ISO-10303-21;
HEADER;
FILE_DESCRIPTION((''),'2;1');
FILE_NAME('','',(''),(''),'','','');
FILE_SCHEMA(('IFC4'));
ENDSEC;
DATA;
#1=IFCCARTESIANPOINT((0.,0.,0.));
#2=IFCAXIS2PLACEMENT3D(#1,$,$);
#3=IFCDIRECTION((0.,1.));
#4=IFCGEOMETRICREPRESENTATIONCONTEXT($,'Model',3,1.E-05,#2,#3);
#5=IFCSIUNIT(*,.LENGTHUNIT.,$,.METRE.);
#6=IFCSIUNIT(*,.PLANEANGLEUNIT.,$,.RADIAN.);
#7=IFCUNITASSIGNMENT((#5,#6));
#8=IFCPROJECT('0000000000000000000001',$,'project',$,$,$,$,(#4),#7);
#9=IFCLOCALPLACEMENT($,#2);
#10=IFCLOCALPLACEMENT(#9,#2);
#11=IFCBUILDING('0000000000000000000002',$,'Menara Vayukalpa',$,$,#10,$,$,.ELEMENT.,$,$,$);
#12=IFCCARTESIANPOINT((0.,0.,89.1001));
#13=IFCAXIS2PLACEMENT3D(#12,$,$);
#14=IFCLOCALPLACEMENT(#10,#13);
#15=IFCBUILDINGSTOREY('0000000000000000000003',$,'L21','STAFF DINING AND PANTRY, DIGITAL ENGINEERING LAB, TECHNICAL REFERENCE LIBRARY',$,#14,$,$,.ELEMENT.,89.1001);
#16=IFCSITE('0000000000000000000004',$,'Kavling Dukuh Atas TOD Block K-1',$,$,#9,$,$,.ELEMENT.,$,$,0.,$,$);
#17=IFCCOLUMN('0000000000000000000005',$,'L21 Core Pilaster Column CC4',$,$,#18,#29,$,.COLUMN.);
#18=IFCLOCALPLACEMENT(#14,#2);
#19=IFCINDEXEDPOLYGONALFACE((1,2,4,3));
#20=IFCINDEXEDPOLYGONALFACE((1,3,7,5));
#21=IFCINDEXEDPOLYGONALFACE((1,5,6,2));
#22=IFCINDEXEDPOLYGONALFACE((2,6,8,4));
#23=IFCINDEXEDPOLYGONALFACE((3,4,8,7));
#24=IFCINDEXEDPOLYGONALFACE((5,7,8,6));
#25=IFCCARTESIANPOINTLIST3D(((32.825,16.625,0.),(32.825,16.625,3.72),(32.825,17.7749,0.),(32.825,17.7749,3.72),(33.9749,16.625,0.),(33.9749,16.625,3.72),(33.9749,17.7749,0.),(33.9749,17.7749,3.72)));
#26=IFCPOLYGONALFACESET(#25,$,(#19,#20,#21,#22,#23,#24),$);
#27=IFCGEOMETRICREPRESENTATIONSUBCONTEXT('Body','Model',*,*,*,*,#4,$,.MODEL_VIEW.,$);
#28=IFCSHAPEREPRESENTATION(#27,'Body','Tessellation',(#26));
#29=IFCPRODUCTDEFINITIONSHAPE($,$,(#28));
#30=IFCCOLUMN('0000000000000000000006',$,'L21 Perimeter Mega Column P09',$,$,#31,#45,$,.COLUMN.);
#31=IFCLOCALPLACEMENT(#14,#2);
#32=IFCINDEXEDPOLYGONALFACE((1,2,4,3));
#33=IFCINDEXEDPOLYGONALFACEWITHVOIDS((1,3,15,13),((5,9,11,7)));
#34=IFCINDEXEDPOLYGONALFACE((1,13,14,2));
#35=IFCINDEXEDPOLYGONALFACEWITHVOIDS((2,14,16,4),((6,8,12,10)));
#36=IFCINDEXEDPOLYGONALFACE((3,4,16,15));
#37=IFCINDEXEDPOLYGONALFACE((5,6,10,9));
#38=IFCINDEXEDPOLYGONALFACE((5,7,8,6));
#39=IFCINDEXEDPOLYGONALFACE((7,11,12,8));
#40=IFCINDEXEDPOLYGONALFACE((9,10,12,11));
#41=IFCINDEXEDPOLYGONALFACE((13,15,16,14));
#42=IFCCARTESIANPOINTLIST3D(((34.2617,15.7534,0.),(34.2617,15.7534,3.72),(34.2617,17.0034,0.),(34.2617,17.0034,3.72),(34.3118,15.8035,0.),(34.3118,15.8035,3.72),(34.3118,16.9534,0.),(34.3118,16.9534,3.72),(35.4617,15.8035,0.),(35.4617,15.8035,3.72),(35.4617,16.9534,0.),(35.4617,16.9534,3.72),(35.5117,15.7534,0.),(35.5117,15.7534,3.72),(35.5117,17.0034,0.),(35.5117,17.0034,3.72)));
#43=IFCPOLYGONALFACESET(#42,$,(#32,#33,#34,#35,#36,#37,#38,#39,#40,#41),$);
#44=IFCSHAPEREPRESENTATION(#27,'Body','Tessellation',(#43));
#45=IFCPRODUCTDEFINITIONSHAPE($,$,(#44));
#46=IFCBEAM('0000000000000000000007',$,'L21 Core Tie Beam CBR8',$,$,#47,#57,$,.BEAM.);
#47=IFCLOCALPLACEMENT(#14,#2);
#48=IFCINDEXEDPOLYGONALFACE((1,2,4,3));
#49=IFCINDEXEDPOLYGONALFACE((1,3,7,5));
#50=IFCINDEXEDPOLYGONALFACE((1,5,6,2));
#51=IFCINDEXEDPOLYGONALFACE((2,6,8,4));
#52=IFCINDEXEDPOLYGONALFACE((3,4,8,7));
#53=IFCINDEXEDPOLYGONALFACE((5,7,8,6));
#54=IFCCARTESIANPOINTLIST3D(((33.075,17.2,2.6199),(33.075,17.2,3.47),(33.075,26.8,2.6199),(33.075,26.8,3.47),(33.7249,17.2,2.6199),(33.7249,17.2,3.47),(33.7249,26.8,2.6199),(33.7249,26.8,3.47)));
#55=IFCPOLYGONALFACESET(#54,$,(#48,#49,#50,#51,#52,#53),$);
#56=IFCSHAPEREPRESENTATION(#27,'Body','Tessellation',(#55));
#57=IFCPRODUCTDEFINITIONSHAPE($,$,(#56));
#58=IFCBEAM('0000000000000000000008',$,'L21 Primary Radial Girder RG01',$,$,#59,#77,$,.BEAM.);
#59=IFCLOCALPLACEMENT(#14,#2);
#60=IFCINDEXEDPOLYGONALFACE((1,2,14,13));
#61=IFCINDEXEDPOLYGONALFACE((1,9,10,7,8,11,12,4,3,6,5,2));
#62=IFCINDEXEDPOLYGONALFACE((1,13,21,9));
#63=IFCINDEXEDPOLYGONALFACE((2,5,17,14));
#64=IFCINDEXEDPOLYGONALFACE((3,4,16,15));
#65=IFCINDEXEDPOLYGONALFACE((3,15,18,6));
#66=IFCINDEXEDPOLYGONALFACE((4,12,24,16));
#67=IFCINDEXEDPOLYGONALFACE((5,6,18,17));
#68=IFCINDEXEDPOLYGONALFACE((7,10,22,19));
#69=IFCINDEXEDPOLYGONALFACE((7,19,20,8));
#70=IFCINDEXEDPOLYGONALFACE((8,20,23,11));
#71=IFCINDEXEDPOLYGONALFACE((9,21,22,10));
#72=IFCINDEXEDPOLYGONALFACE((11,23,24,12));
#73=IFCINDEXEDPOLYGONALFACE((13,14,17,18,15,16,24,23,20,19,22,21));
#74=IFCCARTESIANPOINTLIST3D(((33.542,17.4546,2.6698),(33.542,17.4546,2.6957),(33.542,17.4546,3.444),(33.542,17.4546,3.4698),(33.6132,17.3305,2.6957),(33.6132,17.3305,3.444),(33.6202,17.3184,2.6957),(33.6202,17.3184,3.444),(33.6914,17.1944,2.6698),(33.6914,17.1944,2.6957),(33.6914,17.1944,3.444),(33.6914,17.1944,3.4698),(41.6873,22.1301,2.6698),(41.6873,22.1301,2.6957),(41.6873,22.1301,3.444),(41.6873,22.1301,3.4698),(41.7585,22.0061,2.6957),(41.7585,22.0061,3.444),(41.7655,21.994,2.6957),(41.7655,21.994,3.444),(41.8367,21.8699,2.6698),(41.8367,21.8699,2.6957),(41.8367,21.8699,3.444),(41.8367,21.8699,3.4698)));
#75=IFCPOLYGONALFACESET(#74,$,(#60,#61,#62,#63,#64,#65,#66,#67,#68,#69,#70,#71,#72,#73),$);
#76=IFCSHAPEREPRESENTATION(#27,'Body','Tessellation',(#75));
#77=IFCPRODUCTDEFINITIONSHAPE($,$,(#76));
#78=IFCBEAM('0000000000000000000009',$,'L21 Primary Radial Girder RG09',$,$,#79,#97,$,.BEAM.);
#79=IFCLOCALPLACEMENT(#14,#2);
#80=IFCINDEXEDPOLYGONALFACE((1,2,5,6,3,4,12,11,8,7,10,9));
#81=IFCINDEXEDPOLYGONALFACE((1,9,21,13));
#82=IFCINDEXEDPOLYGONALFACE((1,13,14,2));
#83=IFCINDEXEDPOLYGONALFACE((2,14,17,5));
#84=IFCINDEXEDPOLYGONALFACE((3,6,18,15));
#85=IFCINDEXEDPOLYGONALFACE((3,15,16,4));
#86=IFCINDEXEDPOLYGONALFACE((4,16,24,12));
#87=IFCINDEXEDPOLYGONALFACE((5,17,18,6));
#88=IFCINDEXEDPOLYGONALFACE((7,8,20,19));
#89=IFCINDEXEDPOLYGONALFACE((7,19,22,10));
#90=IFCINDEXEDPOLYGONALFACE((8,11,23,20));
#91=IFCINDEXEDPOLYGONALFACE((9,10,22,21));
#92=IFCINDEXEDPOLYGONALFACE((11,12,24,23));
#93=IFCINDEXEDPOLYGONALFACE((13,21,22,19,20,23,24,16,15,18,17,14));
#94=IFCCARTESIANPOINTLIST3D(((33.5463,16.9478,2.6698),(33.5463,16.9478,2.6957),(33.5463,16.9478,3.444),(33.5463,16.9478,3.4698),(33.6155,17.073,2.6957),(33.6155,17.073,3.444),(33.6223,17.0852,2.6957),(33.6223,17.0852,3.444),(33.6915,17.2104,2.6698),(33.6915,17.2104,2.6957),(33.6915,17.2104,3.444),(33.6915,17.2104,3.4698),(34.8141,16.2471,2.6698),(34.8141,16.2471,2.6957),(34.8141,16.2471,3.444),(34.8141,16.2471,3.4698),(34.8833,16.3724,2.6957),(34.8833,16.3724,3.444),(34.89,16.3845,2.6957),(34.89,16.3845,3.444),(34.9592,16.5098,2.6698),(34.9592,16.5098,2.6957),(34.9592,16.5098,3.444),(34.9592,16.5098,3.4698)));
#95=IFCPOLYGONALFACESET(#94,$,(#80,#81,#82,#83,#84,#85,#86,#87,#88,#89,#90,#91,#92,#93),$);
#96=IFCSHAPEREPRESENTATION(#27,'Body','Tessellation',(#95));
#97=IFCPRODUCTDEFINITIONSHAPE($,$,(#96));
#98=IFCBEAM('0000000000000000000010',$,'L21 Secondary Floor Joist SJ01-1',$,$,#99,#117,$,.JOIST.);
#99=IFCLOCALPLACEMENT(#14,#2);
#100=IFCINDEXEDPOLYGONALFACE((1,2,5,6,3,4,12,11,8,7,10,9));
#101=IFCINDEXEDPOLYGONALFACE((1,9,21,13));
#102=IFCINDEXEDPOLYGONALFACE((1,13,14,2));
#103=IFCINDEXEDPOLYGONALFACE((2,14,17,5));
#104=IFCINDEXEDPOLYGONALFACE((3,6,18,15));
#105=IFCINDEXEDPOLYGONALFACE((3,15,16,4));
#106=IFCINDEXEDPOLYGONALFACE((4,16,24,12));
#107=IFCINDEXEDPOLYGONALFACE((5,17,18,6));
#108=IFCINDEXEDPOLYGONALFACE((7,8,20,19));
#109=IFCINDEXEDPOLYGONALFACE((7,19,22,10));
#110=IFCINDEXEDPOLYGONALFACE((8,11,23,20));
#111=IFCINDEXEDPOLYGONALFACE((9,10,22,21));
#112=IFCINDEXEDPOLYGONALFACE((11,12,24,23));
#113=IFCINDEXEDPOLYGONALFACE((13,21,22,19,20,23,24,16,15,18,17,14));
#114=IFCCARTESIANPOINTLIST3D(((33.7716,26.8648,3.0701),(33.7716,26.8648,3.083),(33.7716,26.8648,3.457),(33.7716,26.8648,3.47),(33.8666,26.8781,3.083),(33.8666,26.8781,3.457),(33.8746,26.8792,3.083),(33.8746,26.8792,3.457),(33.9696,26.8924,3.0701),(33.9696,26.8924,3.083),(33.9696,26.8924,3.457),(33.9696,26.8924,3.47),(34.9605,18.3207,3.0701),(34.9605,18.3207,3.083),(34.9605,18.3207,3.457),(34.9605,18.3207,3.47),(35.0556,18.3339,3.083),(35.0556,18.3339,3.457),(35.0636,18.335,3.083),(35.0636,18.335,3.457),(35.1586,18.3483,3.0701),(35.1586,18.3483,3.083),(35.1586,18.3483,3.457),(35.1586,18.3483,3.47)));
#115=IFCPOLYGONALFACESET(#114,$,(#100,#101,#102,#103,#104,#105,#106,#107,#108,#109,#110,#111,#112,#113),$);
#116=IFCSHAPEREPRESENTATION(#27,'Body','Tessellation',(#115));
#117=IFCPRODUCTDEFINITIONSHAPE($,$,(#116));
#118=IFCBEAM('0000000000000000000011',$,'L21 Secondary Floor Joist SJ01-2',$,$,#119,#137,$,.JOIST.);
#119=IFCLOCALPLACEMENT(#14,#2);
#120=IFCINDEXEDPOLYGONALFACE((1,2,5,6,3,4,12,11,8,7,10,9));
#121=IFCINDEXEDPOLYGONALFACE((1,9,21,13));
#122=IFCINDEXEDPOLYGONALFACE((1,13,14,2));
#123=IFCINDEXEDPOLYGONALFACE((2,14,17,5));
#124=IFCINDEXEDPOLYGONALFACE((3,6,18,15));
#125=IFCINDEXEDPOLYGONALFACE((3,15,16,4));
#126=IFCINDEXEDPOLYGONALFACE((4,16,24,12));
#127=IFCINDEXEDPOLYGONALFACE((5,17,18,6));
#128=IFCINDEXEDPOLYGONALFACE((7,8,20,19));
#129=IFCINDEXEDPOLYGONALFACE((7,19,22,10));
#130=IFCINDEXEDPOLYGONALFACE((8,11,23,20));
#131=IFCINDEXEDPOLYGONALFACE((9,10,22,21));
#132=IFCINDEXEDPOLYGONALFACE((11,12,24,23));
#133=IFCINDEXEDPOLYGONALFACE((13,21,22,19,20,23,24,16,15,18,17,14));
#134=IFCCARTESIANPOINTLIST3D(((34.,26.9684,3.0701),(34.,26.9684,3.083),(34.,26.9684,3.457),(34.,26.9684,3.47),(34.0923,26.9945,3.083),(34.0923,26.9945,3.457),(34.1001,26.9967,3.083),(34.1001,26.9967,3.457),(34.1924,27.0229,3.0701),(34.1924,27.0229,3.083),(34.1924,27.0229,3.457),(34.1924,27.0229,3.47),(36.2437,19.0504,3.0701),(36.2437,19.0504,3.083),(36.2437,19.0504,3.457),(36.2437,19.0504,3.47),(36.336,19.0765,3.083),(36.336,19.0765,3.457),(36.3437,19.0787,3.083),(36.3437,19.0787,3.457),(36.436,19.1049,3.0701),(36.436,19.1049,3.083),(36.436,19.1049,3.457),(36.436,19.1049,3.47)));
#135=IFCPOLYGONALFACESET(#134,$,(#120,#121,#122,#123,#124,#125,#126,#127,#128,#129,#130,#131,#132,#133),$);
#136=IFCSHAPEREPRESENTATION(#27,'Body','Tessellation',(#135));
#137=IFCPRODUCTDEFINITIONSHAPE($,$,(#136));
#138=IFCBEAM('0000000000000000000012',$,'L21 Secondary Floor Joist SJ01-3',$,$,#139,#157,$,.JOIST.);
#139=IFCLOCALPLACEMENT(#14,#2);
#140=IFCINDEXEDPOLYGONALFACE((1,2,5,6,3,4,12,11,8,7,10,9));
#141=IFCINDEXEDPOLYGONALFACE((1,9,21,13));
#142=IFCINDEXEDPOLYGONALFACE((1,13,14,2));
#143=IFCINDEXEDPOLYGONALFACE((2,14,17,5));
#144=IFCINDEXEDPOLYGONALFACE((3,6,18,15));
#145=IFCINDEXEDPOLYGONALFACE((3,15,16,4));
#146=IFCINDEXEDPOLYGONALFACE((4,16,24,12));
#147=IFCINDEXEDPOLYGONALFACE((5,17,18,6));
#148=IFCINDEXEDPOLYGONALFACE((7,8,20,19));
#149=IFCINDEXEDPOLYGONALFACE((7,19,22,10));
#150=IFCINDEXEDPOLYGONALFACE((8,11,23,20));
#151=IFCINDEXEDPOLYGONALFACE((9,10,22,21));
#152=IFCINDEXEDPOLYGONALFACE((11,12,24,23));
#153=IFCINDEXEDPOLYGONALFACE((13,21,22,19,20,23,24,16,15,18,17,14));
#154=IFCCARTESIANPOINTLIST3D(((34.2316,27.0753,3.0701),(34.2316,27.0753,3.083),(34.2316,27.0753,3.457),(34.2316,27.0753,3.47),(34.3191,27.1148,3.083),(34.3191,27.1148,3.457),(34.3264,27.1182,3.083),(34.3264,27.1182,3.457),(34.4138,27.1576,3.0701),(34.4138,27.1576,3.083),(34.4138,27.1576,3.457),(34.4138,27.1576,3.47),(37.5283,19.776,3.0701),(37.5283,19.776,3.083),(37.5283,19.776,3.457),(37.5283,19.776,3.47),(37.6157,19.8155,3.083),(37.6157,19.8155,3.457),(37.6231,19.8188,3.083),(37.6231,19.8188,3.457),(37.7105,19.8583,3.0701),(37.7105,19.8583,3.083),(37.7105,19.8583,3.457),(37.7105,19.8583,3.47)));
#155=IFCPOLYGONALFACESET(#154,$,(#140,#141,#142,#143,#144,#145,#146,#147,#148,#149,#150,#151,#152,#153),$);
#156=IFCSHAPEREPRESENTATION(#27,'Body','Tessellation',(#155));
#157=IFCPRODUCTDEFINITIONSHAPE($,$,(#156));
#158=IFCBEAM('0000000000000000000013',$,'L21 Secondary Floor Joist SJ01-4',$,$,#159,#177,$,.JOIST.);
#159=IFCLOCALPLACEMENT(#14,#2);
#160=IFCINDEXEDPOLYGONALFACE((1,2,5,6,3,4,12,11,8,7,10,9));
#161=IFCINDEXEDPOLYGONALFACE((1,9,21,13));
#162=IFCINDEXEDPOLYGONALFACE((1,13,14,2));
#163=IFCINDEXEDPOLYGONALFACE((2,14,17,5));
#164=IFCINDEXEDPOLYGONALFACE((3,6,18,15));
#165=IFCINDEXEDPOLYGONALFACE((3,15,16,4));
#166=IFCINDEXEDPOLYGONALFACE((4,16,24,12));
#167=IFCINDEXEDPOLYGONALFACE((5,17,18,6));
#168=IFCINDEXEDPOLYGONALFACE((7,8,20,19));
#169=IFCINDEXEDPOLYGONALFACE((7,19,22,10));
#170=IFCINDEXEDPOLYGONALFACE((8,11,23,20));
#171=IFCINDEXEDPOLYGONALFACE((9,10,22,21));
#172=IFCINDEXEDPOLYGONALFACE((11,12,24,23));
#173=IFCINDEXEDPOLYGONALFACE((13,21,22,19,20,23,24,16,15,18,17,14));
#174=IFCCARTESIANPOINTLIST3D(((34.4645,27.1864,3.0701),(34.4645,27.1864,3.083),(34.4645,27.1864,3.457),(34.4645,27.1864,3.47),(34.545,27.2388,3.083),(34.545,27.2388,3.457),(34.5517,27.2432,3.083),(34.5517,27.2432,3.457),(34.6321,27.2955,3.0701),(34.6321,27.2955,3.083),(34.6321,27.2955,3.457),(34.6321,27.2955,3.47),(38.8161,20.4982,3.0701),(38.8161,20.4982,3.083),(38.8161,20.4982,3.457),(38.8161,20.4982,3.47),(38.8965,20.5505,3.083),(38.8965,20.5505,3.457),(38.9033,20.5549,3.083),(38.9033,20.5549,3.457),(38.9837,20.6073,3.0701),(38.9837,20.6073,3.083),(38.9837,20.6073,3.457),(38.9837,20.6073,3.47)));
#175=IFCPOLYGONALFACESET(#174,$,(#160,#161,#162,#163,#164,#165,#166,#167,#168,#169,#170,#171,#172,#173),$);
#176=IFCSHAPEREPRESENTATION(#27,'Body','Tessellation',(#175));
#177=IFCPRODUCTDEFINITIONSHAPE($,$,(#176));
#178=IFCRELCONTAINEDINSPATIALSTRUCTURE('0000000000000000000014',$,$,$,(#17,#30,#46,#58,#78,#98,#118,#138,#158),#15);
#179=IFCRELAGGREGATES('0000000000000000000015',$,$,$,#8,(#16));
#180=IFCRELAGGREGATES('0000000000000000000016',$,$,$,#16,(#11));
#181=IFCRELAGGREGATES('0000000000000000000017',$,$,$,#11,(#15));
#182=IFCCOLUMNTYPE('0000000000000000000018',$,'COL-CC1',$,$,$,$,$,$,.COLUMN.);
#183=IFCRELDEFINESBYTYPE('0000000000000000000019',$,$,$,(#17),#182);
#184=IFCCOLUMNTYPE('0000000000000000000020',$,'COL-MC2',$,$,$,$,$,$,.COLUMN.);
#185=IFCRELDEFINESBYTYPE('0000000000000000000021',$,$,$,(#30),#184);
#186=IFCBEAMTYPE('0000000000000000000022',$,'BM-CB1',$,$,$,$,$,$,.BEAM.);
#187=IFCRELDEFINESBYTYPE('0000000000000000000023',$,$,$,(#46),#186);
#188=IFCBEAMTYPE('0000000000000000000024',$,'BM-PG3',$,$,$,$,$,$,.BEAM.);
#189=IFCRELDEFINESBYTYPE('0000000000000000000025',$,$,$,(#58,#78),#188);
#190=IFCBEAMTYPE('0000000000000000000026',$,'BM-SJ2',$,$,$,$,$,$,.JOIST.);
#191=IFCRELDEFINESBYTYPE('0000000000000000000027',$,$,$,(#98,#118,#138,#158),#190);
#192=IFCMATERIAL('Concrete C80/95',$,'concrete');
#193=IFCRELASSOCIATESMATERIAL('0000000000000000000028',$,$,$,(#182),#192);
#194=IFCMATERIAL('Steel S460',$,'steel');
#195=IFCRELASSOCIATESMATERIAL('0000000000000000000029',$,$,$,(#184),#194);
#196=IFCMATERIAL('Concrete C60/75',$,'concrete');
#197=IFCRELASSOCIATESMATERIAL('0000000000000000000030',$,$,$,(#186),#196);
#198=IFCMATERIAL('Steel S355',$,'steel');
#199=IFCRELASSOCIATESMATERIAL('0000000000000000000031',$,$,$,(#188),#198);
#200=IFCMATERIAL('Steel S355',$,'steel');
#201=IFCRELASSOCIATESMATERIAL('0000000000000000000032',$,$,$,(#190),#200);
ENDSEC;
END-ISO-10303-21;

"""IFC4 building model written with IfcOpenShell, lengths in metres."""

from ifc_helpers import new_model, si_unit, direction, frame, origin, origin_2d, place, context, subcontext, project, spatial, rectangle, hollow_rectangle, i_section, extrude, material, material_profile, profile_set, type_object, element, save


model = new_model("IFC4")

# Units and contexts
model_context = context("Model", 3, precision=1e-05, world=origin(), true_north=direction((0.0, 1.0)))
body_context = subcontext(model_context, "Body", "Model", "MODEL_VIEW")
ifc_project = project(units=[si_unit("LENGTHUNIT", "METRE"), si_unit("PLANEANGLEUNIT", "RADIAN")], contexts=[model_context])

# Site, building, storey
site_placement = place(None, origin())
site = spatial("IfcSite", under=ifc_project, at=site_placement, Name="Kavling Dukuh Atas TOD Block K-1", CompositionType="ELEMENT", RefElevation=0.0)
building_placement = place(site_placement, origin())
building = spatial("IfcBuilding", under=site, at=building_placement, Name="Menara Vayukalpa", CompositionType="ELEMENT")
storey_placement = place(building_placement, frame((0.0, 0.0, 89.1001)))
storey = spatial("IfcBuildingStorey", under=building, at=storey_placement, Name="L21", Description="STAFF DINING AND PANTRY, DIGITAL ENGINEERING LAB, TECHNICAL REFERENCE LIBRARY", CompositionType="ELEMENT", Elevation=89.1001)

# Columns
ifc_material_1 = material(Name="Concrete C80/95", Category="concrete")
ifc_material_profile_1 = material_profile(ifc_material_1, rectangle(XDim=1.1499, YDim=1.1499, at=origin_2d()), Name="RC 1150x1150")
ifc_profile_set_1 = profile_set([ifc_material_profile_1], Name="Concrete C80/95")
column_type_1 = type_object("IfcColumnType", Name="COL-CC1", PredefinedType="COLUMN", material=ifc_profile_set_1)
column_1_placement = place(storey_placement, frame((33.3999, 17.2, 0.0), z_axis=(0.0, 0.0, 1.0), x_axis=(1.0, 0.0, 0.0)))
element("IfcColumn", 1, at=column_1_placement, inside=storey, type_object=column_type_1, Name="L21 Core Pilaster Column CC4", PredefinedType="COLUMN", context=body_context, shape_type="SweptSolid", body=[
    extrude(rectangle(XDim=1.1499, YDim=1.1499, at=origin_2d()), origin(), (0.0, 0.0, 1.0), 3.72),
])
ifc_material_2 = material(Name="Steel S460", Category="steel")
ifc_material_profile_2 = material_profile(ifc_material_2, hollow_rectangle(XDim=1.25, YDim=1.25, WallThickness=0.05, at=origin_2d()), Name="BOX 1250x1250x50")
ifc_profile_set_2 = profile_set([ifc_material_profile_2], Name="Steel S460")
column_type_2 = type_object("IfcColumnType", Name="COL-MC2", PredefinedType="COLUMN", material=ifc_profile_set_2)
column_2_placement = place(storey_placement, frame((34.8867, 16.3784, 0.0), z_axis=(0.0, 0.0, 1.0), x_axis=(1.0, 0.0, 0.0)))
element("IfcColumn", 2, at=column_2_placement, inside=storey, type_object=column_type_2, Name="L21 Perimeter Mega Column P09", PredefinedType="COLUMN", context=body_context, shape_type="SweptSolid", body=[
    extrude(hollow_rectangle(XDim=1.25, YDim=1.25, WallThickness=0.05, at=origin_2d()), origin(), (0.0, 0.0, 1.0), 3.72),
])

# Beams
ifc_material_3 = material(Name="Concrete C60/75", Category="concrete")
ifc_material_profile_3 = material_profile(ifc_material_3, rectangle(XDim=0.6499, YDim=0.8501, at=origin_2d()), Name="RC 650x850")
ifc_profile_set_3 = profile_set([ifc_material_profile_3], Name="Concrete C60/75")
beam_type_1 = type_object("IfcBeamType", Name="BM-CB1", PredefinedType="BEAM", material=ifc_profile_set_3)
beam_1_placement = place(storey_placement, frame((33.3999, 17.2, 3.0449), z_axis=(0.0, 1.0, 0.0), x_axis=(-1.0, 0.0, 0.0)))
element("IfcBeam", 3, at=beam_1_placement, inside=storey, type_object=beam_type_1, Name="L21 Core Tie Beam CBR8", PredefinedType="BEAM", context=body_context, shape_type="SweptSolid", body=[
    extrude(rectangle(XDim=0.6499, YDim=0.8501, at=origin_2d()), origin(), (0.0, 0.0, 1.0), 9.6001),
])
ifc_material_4 = material(Name="Steel S355", Category="steel")
ifc_material_profile_4 = material_profile(ifc_material_4, i_section(OverallWidth=0.3, OverallDepth=0.8, WebThickness=0.0139, FlangeThickness=0.0259, at=origin_2d()), Name="WF 800x300x14x26")
ifc_profile_set_4 = profile_set([ifc_material_profile_4], Name="Steel S355")
beam_type_2 = type_object("IfcBeamType", Name="BM-PG3", PredefinedType="BEAM", material=ifc_profile_set_4)
beam_2_placement = place(storey_placement, frame((33.6167, 17.3245, 3.0698), z_axis=(0.867274, 0.497832, 0.0), x_axis=(-0.497832, 0.867274, 0.0)))
element("IfcBeam", 4, at=beam_2_placement, inside=storey, type_object=beam_type_2, Name="L21 Primary Radial Girder RG01", PredefinedType="BEAM", context=body_context, shape_type="SweptSolid", body=[
    extrude(i_section(OverallWidth=0.3, OverallDepth=0.8, WebThickness=0.0139, FlangeThickness=0.0259, at=origin_2d()), origin(), (0.0, 0.0, 1.0), 9.3918),
])
beam_3_placement = place(storey_placement, frame((33.6189, 17.0791, 3.0698), z_axis=(0.875228, -0.48371, 0.0), x_axis=(0.48371, 0.875228, 0.0)))
element("IfcBeam", 5, at=beam_3_placement, inside=storey, type_object=beam_type_2, Name="L21 Primary Radial Girder RG09", PredefinedType="BEAM", context=body_context, shape_type="SweptSolid", body=[
    extrude(i_section(OverallWidth=0.3, OverallDepth=0.8, WebThickness=0.0139, FlangeThickness=0.0259, at=origin_2d()), origin(), (0.0, 0.0, 1.0), 1.4485),
])
ifc_material_5 = material(Name="Steel S355", Category="steel")
ifc_material_profile_5 = material_profile(ifc_material_5, i_section(OverallWidth=0.2, OverallDepth=0.3999, WebThickness=0.0081, FlangeThickness=0.0129, at=origin_2d()), Name="WF 400x200x8x13")
ifc_profile_set_5 = profile_set([ifc_material_profile_5], Name="Steel S355")
beam_type_3 = type_object("IfcBeamType", Name="BM-SJ2", PredefinedType="JOIST", material=ifc_profile_set_5)
beam_4_placement = place(storey_placement, frame((35.0596, 18.3345, 3.27), z_axis=(-0.137827, 0.990456, 0.0), x_axis=(-0.990456, -0.137827, 0.0)))
element("IfcBeam", 6, at=beam_4_placement, inside=storey, type_object=beam_type_3, Name="L21 Secondary Floor Joist SJ01-1", PredefinedType="JOIST", context=body_context, shape_type="SweptSolid", body=[
    extrude(i_section(OverallWidth=0.2, OverallDepth=0.3999, WebThickness=0.0081, FlangeThickness=0.0129, at=origin_2d()), origin(), (0.0, 0.0, 1.0), 8.6265),
])
beam_5_placement = place(storey_placement, frame((36.3398, 19.0776, 3.27), z_axis=(-0.272628, 0.962119, 0.0), x_axis=(-0.962119, -0.272628, 0.0)))
element("IfcBeam", 7, at=beam_5_placement, inside=storey, type_object=beam_type_3, Name="L21 Secondary Floor Joist SJ01-2", PredefinedType="JOIST", context=body_context, shape_type="SweptSolid", body=[
    extrude(i_section(OverallWidth=0.2, OverallDepth=0.3999, WebThickness=0.0081, FlangeThickness=0.0129, at=origin_2d()), origin(), (0.0, 0.0, 1.0), 8.2297),
])
beam_6_placement = place(storey_placement, frame((37.6194, 19.8171, 3.27), z_axis=(-0.411604, 0.911363, 0.0), x_axis=(-0.911363, -0.411604, 0.0)))
element("IfcBeam", 8, at=beam_6_placement, inside=storey, type_object=beam_type_3, Name="L21 Secondary Floor Joist SJ01-3", PredefinedType="JOIST", context=body_context, shape_type="SweptSolid", body=[
    extrude(i_section(OverallWidth=0.2, OverallDepth=0.3999, WebThickness=0.0081, FlangeThickness=0.0129, at=origin_2d()), origin(), (0.0, 0.0, 1.0), 8.0093),
])
beam_7_placement = place(storey_placement, frame((38.8999, 20.5527, 3.27), z_axis=(-0.545359, 0.838202, 0.0), x_axis=(-0.838202, -0.545359, 0.0)))
element("IfcBeam", 9, at=beam_7_placement, inside=storey, type_object=beam_type_3, Name="L21 Secondary Floor Joist SJ01-4", PredefinedType="JOIST", context=body_context, shape_type="SweptSolid", body=[
    extrude(i_section(OverallWidth=0.2, OverallDepth=0.3999, WebThickness=0.0081, FlangeThickness=0.0129, at=origin_2d()), origin(), (0.0, 0.0, 1.0), 7.9792),
])

save(model, "model.ifc")
